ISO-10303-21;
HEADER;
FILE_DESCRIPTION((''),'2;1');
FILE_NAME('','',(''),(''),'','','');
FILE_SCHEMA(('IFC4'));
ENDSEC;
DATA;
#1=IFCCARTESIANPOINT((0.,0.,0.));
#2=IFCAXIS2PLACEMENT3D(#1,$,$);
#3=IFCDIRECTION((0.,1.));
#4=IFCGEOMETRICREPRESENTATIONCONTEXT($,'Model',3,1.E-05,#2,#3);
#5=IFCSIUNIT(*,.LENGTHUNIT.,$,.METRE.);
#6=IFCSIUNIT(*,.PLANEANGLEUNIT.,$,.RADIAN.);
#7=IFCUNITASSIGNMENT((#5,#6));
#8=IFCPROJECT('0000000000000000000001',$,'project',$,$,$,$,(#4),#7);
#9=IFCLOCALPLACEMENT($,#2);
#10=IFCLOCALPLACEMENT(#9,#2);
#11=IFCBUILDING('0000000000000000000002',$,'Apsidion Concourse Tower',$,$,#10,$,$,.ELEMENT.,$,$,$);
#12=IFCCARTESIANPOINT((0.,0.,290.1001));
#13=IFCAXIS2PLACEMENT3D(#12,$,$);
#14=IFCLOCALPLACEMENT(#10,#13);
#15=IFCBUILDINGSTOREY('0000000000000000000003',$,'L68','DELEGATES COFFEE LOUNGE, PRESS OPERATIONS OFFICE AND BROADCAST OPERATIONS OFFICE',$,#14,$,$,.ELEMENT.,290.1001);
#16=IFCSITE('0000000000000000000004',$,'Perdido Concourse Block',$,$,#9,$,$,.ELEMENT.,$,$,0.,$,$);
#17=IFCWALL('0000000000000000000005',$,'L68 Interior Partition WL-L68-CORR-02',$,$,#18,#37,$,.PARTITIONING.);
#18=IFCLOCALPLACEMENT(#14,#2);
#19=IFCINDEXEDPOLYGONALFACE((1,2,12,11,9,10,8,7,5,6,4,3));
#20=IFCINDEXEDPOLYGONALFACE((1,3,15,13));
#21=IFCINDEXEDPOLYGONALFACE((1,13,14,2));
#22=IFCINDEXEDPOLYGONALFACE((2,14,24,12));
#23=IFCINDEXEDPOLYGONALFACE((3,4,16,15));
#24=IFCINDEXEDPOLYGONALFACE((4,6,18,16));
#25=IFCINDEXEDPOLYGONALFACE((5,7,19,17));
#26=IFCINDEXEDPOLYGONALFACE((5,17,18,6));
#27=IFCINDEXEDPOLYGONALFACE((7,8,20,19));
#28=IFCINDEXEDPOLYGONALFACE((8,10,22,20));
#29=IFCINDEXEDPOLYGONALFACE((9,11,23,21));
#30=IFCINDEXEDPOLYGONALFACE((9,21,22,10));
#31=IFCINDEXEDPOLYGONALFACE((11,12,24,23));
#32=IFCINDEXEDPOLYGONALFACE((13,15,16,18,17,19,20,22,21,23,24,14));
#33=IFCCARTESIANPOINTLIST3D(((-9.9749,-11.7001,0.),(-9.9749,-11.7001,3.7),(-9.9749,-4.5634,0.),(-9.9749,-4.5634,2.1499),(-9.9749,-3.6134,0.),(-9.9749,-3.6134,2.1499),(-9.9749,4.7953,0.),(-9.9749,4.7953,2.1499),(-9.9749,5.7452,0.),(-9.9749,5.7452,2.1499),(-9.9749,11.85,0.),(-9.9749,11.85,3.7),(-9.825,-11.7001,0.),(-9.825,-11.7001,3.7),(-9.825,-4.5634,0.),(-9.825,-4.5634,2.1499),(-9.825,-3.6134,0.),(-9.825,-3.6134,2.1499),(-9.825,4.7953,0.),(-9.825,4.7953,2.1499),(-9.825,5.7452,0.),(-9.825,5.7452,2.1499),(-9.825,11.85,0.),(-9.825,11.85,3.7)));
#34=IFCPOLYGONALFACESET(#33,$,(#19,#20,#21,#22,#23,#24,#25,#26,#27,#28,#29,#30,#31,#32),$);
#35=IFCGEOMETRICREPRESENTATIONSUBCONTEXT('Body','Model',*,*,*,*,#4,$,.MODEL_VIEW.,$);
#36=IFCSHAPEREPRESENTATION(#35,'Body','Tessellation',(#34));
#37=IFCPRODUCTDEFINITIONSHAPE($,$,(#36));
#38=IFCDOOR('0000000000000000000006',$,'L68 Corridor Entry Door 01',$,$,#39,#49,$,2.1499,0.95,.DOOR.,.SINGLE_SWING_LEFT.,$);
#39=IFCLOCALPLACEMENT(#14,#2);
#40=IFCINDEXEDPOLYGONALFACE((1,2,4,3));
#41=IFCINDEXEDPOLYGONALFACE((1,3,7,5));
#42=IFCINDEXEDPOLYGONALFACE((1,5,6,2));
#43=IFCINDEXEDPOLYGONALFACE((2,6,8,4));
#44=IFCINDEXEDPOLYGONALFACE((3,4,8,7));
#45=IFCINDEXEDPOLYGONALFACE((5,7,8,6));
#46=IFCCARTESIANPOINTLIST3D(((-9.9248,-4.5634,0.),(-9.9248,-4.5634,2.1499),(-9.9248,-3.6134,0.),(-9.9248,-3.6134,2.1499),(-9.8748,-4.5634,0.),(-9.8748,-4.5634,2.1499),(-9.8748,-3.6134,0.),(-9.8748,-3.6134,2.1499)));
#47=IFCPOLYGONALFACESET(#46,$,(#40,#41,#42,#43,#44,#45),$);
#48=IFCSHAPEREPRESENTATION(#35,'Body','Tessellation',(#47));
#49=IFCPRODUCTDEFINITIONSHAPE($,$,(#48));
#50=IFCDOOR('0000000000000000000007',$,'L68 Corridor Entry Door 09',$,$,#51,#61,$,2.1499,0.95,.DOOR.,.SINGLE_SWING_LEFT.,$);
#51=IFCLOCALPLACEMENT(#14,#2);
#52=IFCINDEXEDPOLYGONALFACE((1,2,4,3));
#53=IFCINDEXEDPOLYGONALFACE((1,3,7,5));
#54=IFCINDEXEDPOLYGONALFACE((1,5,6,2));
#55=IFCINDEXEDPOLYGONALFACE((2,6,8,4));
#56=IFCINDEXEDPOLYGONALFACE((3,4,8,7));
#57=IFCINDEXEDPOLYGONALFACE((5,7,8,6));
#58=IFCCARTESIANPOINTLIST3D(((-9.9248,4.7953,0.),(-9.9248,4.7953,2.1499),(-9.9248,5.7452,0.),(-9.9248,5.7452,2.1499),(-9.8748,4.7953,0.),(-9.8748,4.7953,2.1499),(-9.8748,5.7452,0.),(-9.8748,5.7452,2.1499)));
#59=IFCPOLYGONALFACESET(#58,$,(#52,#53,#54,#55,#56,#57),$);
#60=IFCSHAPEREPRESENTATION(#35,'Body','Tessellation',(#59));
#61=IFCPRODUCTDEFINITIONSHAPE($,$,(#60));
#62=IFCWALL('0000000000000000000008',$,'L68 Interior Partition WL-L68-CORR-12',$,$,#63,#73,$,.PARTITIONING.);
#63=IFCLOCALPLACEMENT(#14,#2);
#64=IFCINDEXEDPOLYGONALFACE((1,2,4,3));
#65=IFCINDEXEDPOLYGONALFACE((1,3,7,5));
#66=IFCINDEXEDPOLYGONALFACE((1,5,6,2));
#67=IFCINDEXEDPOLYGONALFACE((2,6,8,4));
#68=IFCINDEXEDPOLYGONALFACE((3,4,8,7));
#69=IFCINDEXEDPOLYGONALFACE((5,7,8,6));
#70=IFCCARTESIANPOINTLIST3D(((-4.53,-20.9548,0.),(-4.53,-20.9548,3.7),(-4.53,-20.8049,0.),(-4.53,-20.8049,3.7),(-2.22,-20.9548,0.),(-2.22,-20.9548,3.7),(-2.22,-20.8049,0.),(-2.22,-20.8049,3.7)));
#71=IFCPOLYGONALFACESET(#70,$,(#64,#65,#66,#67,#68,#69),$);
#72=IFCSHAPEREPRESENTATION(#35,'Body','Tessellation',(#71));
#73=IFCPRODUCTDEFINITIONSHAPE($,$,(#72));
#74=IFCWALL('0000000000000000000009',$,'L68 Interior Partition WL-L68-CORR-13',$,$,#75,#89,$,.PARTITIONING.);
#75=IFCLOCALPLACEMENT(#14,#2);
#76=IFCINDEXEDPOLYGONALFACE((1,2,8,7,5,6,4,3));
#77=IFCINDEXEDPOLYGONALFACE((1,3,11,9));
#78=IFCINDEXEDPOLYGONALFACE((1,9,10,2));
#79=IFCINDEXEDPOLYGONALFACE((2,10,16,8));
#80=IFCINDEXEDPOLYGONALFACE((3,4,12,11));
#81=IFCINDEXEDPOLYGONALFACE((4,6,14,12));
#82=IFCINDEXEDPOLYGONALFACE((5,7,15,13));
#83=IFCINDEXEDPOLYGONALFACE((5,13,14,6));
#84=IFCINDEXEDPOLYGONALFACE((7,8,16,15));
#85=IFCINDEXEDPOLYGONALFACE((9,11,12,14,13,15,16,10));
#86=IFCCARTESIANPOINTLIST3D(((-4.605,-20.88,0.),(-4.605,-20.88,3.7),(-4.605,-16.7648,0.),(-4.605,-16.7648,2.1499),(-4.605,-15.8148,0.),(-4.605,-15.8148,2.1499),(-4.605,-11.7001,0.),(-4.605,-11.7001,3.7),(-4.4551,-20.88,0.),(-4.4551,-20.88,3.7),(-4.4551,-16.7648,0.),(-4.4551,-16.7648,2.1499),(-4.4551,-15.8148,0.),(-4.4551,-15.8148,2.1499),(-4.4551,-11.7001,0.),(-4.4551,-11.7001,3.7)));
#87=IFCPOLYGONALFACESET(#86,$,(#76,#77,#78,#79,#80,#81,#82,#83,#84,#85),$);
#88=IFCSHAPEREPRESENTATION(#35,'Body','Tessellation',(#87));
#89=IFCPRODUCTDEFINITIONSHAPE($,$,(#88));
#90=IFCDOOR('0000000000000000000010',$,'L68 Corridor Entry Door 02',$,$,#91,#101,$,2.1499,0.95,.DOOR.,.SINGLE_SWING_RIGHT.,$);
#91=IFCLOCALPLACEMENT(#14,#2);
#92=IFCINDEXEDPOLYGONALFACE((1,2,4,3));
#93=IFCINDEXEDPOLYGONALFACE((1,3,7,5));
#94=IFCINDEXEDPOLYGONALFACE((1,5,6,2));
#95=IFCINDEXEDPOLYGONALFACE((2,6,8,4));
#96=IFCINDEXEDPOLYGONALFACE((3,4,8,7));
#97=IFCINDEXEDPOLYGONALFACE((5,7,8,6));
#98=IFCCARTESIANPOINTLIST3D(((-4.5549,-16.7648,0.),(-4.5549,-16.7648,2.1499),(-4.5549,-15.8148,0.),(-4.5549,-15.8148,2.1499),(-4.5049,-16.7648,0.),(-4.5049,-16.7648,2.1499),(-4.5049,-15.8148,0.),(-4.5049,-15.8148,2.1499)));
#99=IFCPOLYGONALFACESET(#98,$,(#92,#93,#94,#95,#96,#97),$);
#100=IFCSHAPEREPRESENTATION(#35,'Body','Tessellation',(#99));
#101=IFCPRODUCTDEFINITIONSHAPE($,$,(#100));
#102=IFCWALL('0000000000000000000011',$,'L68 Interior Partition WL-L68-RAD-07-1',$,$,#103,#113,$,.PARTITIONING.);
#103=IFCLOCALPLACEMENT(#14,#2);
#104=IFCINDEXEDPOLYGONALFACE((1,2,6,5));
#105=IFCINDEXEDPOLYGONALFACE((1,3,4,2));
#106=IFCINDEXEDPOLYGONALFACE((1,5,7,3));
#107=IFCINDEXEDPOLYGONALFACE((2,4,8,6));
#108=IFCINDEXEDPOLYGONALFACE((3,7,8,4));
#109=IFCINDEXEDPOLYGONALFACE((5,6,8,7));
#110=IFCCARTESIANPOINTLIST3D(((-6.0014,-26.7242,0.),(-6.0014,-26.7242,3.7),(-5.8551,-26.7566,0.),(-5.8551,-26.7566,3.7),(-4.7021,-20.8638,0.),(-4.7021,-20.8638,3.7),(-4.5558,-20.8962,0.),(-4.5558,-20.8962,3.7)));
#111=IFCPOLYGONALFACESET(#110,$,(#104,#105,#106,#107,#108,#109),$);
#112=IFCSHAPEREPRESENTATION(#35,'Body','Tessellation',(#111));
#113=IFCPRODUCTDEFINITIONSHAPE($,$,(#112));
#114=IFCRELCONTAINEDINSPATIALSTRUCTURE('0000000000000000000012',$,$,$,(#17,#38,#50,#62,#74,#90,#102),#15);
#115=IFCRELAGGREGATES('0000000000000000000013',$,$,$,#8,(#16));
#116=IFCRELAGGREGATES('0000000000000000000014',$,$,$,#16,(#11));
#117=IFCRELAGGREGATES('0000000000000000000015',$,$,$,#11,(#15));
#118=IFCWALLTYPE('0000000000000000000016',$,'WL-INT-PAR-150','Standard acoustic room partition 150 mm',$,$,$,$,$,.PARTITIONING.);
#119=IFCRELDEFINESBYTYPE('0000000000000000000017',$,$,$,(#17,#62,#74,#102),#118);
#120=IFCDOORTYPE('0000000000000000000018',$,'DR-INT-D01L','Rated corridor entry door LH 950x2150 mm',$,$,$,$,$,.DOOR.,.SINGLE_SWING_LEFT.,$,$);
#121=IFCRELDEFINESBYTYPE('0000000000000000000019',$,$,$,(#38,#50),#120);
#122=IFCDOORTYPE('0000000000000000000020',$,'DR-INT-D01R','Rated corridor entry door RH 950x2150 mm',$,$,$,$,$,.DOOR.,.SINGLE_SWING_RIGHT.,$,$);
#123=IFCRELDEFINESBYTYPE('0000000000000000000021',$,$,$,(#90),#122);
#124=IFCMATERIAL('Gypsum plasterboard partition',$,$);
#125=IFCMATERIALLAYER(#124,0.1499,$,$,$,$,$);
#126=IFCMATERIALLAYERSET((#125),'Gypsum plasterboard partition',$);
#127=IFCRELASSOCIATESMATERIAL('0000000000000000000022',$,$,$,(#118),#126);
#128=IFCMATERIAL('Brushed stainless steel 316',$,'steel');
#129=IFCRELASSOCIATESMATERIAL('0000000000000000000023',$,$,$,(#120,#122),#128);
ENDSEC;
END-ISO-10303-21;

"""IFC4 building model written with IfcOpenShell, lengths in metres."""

from ifc_helpers import new_model, si_unit, direction, frame, frame_2d, origin, place, context, subcontext, project, spatial, rectangle, extrude, material, layer, layer_set, type_object, element, fill, save


model = new_model("IFC4")

# Units and contexts
model_context = context("Model", 3, precision=1e-05, world=origin(), true_north=direction((0.0, 1.0)))
body_context = subcontext(model_context, "Body", "Model", "MODEL_VIEW")
ifc_project = project(units=[si_unit("LENGTHUNIT", "METRE"), si_unit("PLANEANGLEUNIT", "RADIAN")], contexts=[model_context])

# Site, building, storey
site_placement = place(None, origin())
site = spatial("IfcSite", under=ifc_project, at=site_placement, Name="Perdido Concourse Block", CompositionType="ELEMENT", RefElevation=0.0)
building_placement = place(site_placement, origin())
building = spatial("IfcBuilding", under=site, at=building_placement, Name="Apsidion Concourse Tower", CompositionType="ELEMENT")
storey_placement = place(building_placement, frame((0.0, 0.0, 290.1001)))
storey = spatial("IfcBuildingStorey", under=building, at=storey_placement, Name="L68", Description="DELEGATES COFFEE LOUNGE, PRESS OPERATIONS OFFICE AND BROADCAST OPERATIONS OFFICE", CompositionType="ELEMENT", Elevation=290.1001)

# Shared definitions
ifc_material_1 = material(Name="Gypsum plasterboard partition")
ifc_layer_1 = layer(ifc_material_1, 0.1499)
ifc_layer_set_1 = layer_set([ifc_layer_1], Name="Gypsum plasterboard partition")
wall_type_1 = type_object("IfcWallType", Name="WL-INT-PAR-150", Description="Standard acoustic room partition 150 mm", PredefinedType="PARTITIONING", material=ifc_layer_set_1)

# Wall, openings, doors
wall_1_placement = place(storey_placement, frame((-9.8999, -11.7, 0.0), z_axis=(0.0, 0.0, 1.0), x_axis=(0.0, 1.0, 0.0)))
wall_1 = element("IfcWall", 1, at=wall_1_placement, inside=storey, type_object=wall_type_1, Name="L68 Interior Partition WL-L68-CORR-02", PredefinedType="PARTITIONING", context=body_context, shape_type="SweptSolid", body=[
    extrude(rectangle(XDim=23.55, YDim=0.1499, at=frame_2d((11.7749, 0.0))), origin(), (0.0, 0.0, 1.0), 3.7),
])
opening_1_placement = place(wall_1_placement, frame((7.1365, 0.0, 0.0)))
opening_1 = element("IfcOpeningElement", 2, at=opening_1_placement, cuts=wall_1, PredefinedType="OPENING", context=body_context, shape_type="SweptSolid", body=[
    extrude(rectangle(XDim=0.95, YDim=2.1499, at=frame_2d((0.4751, 1.075))), frame((0.0, 0.085, 0.0), z_axis=(0.0, -1.0, 0.0), x_axis=(1.0, 0.0, 0.0)), (0.0, 0.0, 1.0), 0.1699),
])
opening_2_placement = place(wall_1_placement, frame((16.4951, 0.0, 0.0)))
opening_2 = element("IfcOpeningElement", 3, at=opening_2_placement, cuts=wall_1, PredefinedType="OPENING", context=body_context, shape_type="SweptSolid", body=[
    extrude(rectangle(XDim=0.95, YDim=2.1499, at=frame_2d((0.4751, 1.075))), frame((0.0, 0.085, 0.0), z_axis=(0.0, -1.0, 0.0), x_axis=(1.0, 0.0, 0.0)), (0.0, 0.0, 1.0), 0.1699),
])
ifc_material_2 = material(Name="Brushed stainless steel 316", Category="steel")
door_type_1 = type_object("IfcDoorType", Name="DR-INT-D01L", Description="Rated corridor entry door LH 950x2150 mm", OperationType="SINGLE_SWING_LEFT", PredefinedType="DOOR", material=ifc_material_2)
door_1_placement = place(opening_1_placement, origin())
door_1 = element("IfcDoor", 4, at=door_1_placement, inside=storey, type_object=door_type_1, Name="L68 Corridor Entry Door 01", OperationType="SINGLE_SWING_LEFT", OverallHeight=2.1499, OverallWidth=0.95, PredefinedType="DOOR", context=body_context, shape_type="SweptSolid", body=[
    extrude(rectangle(XDim=0.95, YDim=2.1499, at=frame_2d((0.4751, 1.075))), frame((0.0, 0.0249, 0.0), z_axis=(0.0, -1.0, 0.0), x_axis=(1.0, 0.0, 0.0)), (0.0, 0.0, 1.0), 0.05),
])
fill(opening_1, door_1)
door_2_placement = place(opening_2_placement, origin())
door_2 = element("IfcDoor", 5, at=door_2_placement, inside=storey, type_object=door_type_1, Name="L68 Corridor Entry Door 09", OperationType="SINGLE_SWING_LEFT", OverallHeight=2.1499, OverallWidth=0.95, PredefinedType="DOOR", context=body_context, shape_type="SweptSolid", body=[
    extrude(rectangle(XDim=0.95, YDim=2.1499, at=frame_2d((0.4751, 1.075))), frame((0.0, 0.0249, 0.0), z_axis=(0.0, -1.0, 0.0), x_axis=(1.0, 0.0, 0.0)), (0.0, 0.0, 1.0), 0.05),
])
fill(opening_2, door_2)

# Wall
wall_2_placement = place(storey_placement, frame((-2.22, -20.8799, 0.0), z_axis=(0.0, 0.0, 1.0), x_axis=(-1.0, 0.0, 0.0)))
element("IfcWall", 6, at=wall_2_placement, inside=storey, type_object=wall_type_1, Name="L68 Interior Partition WL-L68-CORR-12", PredefinedType="PARTITIONING", context=body_context, shape_type="SweptSolid", body=[
    extrude(rectangle(XDim=2.3101, YDim=0.1499, at=frame_2d((1.155, 0.0))), origin(), (0.0, 0.0, 1.0), 3.7),
])

# Wall, opening, door
wall_3_placement = place(storey_placement, frame((-4.53, -20.8799, 0.0), z_axis=(0.0, 0.0, 1.0), x_axis=(0.0, 1.0, 0.0)))
wall_3 = element("IfcWall", 7, at=wall_3_placement, inside=storey, type_object=wall_type_1, Name="L68 Interior Partition WL-L68-CORR-13", PredefinedType="PARTITIONING", context=body_context, shape_type="SweptSolid", body=[
    extrude(rectangle(XDim=9.1799, YDim=0.1499, at=frame_2d((4.5898, 0.0))), origin(), (0.0, 0.0, 1.0), 3.7),
])
opening_3_placement = place(wall_3_placement, frame((4.115, 0.0, 0.0)))
opening_3 = element("IfcOpeningElement", 8, at=opening_3_placement, cuts=wall_3, PredefinedType="OPENING", context=body_context, shape_type="SweptSolid", body=[
    extrude(rectangle(XDim=0.95, YDim=2.1499, at=frame_2d((0.4751, 1.075))), frame((0.0, 0.085, 0.0), z_axis=(0.0, -1.0, 0.0), x_axis=(1.0, 0.0, 0.0)), (0.0, 0.0, 1.0), 0.1699),
])
door_type_2 = type_object("IfcDoorType", Name="DR-INT-D01R", Description="Rated corridor entry door RH 950x2150 mm", OperationType="SINGLE_SWING_RIGHT", PredefinedType="DOOR", material=ifc_material_2)
door_3_placement = place(opening_3_placement, origin())
door_3 = element("IfcDoor", 9, at=door_3_placement, inside=storey, type_object=door_type_2, Name="L68 Corridor Entry Door 02", OperationType="SINGLE_SWING_RIGHT", OverallHeight=2.1499, OverallWidth=0.95, PredefinedType="DOOR", context=body_context, shape_type="SweptSolid", body=[
    extrude(rectangle(XDim=0.95, YDim=2.1499, at=frame_2d((0.4751, 1.075))), frame((0.0, 0.0249, 0.0), z_axis=(0.0, -1.0, 0.0), x_axis=(1.0, 0.0, 0.0)), (0.0, 0.0, 1.0), 0.05),
])
fill(opening_3, door_3)

# Wall
wall_4_placement = place(storey_placement, frame((-4.6289, -20.8799, 0.0), z_axis=(0.0, 0.0, 1.0), x_axis=(-0.216457, -0.976292, 0.0)))
element("IfcWall", 10, at=wall_4_placement, inside=storey, type_object=wall_type_1, Name="L68 Interior Partition WL-L68-RAD-07-1", PredefinedType="PARTITIONING", context=body_context, shape_type="SweptSolid", body=[
    extrude(rectangle(XDim=6.0027, YDim=0.1499, at=frame_2d((3.0015, 0.0))), origin(), (0.0, 0.0, 1.0), 3.7),
])

save(model, "model.ifc")
